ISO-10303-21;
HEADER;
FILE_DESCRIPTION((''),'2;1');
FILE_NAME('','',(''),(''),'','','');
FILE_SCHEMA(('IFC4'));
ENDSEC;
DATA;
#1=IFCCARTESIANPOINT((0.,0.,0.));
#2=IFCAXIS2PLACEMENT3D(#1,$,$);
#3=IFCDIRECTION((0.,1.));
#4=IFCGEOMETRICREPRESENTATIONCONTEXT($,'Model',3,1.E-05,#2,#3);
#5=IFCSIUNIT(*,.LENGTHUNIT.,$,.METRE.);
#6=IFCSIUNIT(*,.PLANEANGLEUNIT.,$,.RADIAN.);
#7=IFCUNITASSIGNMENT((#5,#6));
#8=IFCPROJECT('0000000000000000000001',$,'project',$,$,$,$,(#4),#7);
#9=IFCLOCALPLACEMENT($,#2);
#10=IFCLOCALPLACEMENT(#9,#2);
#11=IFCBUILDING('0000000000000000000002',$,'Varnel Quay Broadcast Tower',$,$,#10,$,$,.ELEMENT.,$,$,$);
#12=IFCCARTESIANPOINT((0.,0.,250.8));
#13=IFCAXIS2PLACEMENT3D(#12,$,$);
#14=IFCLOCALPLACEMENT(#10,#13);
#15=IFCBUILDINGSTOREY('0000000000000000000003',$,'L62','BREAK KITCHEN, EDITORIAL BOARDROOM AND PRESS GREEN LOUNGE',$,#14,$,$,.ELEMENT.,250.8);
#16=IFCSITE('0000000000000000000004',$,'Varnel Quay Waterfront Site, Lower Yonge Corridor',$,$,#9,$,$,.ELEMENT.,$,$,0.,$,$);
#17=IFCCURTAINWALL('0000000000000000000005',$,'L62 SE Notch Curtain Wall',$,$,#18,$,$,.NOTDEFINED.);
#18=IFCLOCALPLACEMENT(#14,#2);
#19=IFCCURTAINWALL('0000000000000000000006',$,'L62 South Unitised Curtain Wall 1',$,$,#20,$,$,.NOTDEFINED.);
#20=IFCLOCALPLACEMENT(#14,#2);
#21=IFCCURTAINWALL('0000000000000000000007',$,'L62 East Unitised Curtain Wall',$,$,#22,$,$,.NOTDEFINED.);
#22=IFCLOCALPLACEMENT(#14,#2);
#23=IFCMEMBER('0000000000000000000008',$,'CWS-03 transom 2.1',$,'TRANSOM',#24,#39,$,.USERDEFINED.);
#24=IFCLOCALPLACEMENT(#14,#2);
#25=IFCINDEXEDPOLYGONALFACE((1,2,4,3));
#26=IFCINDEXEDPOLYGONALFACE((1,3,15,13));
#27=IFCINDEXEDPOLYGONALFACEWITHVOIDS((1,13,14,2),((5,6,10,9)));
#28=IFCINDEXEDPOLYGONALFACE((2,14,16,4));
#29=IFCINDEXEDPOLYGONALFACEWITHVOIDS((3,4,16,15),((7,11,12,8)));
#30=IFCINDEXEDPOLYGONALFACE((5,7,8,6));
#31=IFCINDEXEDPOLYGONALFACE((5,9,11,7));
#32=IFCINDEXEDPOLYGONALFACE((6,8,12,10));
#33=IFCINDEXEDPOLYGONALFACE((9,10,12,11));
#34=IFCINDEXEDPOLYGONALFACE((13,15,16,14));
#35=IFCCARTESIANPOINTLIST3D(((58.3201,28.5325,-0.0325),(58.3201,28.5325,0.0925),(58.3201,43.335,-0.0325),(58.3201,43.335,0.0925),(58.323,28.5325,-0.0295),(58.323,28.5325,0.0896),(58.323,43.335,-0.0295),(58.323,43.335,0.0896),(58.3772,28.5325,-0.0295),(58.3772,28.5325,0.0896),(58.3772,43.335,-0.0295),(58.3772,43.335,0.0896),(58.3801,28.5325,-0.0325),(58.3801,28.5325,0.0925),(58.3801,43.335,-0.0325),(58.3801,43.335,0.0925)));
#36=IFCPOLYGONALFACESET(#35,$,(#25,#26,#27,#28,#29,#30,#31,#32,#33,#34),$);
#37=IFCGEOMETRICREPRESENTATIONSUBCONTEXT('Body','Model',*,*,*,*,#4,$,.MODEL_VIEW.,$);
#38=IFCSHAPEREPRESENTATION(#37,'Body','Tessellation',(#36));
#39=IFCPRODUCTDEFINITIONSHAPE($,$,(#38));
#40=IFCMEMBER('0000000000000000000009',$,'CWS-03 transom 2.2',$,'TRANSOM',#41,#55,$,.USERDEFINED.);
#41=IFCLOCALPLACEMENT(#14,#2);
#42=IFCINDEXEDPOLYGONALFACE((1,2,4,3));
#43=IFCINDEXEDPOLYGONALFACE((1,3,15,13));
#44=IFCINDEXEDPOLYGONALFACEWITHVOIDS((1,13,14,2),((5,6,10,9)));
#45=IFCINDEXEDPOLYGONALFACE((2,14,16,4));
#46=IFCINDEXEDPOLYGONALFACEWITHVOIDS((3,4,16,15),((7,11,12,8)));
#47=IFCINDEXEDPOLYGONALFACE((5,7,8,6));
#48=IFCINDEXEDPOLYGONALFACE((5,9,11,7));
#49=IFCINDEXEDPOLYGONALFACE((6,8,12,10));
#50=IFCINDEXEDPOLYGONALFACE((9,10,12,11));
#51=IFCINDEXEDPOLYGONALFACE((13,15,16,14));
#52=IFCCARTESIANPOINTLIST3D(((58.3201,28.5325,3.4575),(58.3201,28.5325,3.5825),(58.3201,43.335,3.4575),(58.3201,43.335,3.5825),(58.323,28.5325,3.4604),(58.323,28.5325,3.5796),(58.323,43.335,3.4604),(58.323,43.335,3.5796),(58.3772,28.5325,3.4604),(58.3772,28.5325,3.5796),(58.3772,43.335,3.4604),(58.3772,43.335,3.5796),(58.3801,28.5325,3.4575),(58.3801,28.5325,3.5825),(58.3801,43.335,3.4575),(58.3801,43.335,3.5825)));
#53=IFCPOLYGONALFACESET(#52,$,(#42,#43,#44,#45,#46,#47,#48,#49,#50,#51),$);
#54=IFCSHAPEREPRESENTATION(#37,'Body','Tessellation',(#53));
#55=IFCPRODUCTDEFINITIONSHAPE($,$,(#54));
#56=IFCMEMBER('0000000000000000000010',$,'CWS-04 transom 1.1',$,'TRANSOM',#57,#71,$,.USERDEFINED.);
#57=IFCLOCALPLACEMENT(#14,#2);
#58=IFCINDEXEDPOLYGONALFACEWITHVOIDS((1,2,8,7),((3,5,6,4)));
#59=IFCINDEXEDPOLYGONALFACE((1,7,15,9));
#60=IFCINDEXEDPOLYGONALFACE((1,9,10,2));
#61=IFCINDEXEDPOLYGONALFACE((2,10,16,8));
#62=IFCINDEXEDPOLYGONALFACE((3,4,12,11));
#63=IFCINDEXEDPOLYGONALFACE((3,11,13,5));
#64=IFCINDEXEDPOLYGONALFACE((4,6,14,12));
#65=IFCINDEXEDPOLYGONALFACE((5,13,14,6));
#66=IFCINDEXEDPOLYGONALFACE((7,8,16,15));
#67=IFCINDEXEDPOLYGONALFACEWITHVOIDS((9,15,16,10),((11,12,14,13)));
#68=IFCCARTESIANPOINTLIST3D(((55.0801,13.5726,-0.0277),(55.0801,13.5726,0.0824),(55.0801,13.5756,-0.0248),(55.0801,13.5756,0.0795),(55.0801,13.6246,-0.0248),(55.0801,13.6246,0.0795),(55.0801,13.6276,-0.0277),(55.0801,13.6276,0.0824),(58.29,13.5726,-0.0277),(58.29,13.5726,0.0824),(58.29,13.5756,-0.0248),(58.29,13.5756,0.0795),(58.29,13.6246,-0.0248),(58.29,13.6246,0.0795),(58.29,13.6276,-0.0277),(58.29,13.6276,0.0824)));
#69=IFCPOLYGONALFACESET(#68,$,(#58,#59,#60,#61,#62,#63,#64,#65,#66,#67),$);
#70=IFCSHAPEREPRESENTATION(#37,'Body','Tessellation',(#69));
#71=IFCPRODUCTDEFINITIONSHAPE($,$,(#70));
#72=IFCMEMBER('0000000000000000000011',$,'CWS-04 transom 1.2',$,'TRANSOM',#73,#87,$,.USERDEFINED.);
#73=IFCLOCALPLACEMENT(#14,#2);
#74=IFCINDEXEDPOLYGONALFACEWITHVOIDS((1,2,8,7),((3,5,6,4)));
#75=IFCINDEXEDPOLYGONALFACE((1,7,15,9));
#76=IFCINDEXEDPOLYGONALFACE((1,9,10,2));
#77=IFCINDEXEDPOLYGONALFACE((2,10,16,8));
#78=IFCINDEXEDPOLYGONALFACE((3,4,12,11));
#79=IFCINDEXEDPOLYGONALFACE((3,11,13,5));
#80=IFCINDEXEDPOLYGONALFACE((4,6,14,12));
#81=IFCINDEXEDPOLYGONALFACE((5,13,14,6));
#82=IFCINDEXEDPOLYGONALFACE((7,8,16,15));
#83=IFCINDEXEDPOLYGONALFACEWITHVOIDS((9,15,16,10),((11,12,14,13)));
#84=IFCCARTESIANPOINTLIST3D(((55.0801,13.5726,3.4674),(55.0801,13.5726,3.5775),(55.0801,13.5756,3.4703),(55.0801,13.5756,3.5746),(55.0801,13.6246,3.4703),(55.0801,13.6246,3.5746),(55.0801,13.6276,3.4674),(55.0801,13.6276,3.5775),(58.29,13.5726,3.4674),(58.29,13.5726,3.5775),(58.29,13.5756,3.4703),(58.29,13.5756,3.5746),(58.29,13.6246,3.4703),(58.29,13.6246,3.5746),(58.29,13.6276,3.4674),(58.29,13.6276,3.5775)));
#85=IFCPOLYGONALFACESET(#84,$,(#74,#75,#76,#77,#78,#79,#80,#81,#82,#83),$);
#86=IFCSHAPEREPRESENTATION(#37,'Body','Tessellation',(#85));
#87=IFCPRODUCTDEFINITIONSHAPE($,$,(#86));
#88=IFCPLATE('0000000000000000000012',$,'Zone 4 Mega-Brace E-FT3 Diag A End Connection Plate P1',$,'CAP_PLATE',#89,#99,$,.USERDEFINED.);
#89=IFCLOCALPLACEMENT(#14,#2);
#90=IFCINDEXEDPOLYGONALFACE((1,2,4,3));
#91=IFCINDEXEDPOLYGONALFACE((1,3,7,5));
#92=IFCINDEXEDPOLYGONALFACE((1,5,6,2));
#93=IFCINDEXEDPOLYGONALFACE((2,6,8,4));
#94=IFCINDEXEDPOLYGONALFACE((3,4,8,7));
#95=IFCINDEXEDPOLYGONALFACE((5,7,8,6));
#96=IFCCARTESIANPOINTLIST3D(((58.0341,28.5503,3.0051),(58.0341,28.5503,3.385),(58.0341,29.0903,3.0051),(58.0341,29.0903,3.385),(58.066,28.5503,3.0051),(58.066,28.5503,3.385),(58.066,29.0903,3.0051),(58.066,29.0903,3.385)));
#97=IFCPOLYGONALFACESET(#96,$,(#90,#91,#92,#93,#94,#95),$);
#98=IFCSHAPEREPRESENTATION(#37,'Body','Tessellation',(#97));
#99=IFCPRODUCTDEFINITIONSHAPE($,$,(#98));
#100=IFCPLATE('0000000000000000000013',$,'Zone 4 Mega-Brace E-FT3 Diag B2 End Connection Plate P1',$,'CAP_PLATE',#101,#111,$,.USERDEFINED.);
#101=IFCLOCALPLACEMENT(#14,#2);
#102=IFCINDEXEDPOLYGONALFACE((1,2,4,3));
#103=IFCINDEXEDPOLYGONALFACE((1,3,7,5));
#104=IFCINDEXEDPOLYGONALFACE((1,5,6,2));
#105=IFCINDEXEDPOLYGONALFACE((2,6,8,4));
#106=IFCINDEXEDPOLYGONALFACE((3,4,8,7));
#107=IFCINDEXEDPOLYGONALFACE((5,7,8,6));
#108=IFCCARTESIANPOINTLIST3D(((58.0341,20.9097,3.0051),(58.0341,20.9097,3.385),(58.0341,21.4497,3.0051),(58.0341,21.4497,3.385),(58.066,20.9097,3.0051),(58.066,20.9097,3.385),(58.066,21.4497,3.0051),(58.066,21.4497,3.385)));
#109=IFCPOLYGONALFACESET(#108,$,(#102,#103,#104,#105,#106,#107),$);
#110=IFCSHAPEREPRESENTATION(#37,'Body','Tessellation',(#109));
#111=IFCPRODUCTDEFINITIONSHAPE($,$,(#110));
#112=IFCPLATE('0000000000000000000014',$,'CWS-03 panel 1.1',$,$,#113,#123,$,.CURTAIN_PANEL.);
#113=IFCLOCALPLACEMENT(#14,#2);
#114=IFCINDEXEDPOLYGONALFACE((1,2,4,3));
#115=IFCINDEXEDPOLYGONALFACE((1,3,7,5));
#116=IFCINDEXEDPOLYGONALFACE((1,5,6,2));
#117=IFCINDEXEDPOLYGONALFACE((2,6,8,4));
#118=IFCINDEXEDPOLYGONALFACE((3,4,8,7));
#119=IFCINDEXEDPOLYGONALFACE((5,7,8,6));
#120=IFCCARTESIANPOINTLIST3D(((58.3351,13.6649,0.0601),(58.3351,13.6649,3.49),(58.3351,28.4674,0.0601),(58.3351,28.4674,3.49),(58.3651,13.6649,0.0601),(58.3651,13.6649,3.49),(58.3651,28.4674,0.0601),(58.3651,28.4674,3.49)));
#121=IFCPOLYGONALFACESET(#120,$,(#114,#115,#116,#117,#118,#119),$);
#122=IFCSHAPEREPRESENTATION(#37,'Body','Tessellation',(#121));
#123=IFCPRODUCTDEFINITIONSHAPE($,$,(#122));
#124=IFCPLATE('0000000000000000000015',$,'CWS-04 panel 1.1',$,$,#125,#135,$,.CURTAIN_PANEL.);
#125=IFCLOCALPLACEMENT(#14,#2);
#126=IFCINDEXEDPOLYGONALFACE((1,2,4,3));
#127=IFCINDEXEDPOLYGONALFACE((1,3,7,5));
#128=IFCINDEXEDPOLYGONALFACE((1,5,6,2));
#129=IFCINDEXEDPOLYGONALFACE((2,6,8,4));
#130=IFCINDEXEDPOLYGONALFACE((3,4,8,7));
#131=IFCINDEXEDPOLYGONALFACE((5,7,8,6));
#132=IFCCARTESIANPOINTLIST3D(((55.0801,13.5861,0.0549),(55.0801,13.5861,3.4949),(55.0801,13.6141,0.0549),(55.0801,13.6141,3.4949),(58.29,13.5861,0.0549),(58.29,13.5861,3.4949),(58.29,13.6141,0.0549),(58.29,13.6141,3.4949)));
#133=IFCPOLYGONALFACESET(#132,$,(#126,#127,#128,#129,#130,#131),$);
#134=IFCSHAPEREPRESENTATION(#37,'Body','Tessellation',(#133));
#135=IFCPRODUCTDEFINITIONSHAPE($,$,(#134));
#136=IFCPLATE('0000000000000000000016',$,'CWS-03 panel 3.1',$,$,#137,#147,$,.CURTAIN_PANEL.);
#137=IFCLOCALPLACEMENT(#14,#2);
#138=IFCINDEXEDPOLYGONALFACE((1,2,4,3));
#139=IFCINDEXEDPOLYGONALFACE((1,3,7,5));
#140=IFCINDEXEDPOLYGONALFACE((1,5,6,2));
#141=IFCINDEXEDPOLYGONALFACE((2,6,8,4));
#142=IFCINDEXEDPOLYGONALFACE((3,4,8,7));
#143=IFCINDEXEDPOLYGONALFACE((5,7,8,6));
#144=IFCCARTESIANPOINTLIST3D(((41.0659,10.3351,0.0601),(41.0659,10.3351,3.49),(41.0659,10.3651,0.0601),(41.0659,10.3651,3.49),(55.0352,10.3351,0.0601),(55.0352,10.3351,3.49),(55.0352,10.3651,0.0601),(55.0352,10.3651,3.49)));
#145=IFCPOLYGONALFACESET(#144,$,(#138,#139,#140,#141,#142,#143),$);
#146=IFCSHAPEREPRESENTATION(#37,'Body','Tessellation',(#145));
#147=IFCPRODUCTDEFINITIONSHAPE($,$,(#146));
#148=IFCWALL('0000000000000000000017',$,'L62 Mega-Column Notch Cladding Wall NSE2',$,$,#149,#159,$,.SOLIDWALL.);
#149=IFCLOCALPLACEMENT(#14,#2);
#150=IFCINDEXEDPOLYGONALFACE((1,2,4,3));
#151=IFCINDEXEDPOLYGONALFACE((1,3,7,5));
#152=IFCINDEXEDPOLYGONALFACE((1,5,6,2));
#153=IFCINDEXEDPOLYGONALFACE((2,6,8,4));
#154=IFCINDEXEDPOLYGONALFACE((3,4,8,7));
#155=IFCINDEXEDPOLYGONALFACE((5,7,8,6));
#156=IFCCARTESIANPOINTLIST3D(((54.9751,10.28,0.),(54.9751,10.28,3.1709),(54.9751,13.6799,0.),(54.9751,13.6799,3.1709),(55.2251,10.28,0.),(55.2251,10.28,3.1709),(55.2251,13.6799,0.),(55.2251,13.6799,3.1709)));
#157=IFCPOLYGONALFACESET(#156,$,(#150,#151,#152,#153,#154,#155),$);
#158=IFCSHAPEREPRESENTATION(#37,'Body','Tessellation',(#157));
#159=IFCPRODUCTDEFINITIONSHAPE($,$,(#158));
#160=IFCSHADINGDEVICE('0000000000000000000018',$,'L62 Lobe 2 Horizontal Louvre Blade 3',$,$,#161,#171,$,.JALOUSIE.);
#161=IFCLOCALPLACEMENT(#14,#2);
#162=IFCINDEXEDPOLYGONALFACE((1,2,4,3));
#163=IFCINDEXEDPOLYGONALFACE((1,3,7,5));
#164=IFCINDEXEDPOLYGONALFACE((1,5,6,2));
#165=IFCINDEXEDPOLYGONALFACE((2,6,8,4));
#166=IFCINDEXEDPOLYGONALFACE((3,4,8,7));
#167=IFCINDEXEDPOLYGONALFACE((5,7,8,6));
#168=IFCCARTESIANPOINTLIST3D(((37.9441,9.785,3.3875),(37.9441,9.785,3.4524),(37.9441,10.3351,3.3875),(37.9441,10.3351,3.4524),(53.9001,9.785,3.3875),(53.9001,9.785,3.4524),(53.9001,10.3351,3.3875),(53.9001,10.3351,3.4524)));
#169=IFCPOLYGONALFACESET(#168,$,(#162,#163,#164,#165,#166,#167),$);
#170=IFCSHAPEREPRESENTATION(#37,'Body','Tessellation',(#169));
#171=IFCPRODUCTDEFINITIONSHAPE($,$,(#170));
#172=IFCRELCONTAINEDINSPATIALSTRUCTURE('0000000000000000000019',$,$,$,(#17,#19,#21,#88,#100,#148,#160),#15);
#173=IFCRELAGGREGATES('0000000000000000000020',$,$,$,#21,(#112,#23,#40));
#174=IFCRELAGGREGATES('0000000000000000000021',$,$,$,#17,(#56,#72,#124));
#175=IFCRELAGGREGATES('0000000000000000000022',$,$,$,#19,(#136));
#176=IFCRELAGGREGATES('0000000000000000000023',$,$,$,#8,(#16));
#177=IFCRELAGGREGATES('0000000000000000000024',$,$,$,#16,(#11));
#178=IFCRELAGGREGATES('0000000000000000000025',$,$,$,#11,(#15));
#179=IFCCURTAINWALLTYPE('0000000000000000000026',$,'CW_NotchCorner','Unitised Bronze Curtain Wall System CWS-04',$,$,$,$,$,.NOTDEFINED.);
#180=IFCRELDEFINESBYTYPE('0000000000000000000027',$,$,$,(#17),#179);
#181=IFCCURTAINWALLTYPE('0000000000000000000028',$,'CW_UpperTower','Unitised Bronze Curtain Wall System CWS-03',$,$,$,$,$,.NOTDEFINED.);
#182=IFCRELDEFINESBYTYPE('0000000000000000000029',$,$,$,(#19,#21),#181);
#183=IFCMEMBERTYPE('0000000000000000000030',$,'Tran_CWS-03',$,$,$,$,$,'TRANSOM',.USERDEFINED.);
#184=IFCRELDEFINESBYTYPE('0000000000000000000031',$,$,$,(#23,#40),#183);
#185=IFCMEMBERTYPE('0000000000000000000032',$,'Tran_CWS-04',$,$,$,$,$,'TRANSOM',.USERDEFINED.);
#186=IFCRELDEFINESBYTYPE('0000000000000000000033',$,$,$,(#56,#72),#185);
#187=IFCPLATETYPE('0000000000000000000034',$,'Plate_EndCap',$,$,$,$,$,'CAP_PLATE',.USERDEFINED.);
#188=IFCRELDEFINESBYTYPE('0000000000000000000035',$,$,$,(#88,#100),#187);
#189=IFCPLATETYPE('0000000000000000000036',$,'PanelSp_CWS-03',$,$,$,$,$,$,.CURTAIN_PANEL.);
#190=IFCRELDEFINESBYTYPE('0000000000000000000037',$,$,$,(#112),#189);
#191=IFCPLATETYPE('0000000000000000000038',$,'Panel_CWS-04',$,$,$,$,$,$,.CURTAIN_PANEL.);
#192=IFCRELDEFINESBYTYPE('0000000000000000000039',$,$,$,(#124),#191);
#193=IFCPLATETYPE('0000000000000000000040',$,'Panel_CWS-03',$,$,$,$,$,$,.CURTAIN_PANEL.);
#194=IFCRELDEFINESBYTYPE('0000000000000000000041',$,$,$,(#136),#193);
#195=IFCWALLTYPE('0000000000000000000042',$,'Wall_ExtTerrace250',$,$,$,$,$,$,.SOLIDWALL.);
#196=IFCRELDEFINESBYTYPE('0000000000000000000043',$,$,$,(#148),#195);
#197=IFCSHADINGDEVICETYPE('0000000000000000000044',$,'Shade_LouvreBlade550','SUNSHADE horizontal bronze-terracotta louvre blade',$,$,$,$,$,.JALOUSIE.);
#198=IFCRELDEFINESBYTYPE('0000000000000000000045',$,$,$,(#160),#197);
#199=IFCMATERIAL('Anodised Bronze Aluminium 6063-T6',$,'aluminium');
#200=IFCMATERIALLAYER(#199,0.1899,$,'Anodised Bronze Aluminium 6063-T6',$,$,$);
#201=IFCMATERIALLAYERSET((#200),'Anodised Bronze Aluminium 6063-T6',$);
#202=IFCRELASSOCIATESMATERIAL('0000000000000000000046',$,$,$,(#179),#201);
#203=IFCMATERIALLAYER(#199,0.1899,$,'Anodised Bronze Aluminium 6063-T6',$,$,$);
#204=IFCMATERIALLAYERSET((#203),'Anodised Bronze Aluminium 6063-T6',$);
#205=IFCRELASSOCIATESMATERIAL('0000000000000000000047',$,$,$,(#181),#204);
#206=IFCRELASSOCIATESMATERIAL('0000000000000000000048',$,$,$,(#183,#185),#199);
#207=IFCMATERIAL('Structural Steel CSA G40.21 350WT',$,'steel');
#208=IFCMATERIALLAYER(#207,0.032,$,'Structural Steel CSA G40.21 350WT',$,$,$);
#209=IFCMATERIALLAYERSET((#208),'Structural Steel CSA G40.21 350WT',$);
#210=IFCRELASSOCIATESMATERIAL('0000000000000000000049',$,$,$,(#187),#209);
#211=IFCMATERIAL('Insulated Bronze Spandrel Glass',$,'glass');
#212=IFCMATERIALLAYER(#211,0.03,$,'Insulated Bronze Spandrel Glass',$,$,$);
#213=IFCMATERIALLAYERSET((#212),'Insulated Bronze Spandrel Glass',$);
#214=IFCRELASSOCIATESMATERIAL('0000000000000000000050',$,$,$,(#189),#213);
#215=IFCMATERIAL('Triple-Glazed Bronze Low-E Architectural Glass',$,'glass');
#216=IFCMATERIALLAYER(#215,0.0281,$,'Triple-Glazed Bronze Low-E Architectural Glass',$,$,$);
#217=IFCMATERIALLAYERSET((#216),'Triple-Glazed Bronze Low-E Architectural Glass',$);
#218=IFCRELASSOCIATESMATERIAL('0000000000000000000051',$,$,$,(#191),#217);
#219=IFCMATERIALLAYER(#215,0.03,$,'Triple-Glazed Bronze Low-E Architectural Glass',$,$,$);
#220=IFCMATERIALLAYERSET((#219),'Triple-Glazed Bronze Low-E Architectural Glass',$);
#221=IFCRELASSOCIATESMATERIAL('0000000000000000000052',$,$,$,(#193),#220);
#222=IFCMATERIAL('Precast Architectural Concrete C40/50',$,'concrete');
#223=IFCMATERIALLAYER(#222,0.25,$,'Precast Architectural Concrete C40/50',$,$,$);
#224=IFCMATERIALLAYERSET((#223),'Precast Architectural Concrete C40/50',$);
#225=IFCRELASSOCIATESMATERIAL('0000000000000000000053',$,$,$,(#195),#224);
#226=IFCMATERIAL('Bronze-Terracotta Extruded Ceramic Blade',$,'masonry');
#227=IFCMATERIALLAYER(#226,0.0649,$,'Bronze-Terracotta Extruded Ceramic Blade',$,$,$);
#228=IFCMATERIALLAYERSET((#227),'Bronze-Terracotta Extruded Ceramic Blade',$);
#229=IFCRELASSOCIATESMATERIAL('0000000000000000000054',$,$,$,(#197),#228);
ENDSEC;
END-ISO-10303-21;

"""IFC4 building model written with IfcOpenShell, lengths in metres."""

from ifc_helpers import new_model, si_unit, direction, frame, frame_2d, origin, origin_2d, place, context, subcontext, project, spatial, rectangle, hollow_rectangle, extrude, source, transform, mapped, material, layer, layer_set, material_profile, profile_set, type_object, type_shapes, element, aggregate, save


model = new_model("IFC4")

# Units and contexts
model_context = context("Model", 3, precision=1e-05, world=origin(), true_north=direction((0.0, 1.0)))
body_context = subcontext(model_context, "Body", "Model", "MODEL_VIEW")
ifc_project = project(units=[si_unit("LENGTHUNIT", "METRE"), si_unit("PLANEANGLEUNIT", "RADIAN")], contexts=[model_context])

# Site, building, storey
site_placement = place(None, origin())
site = spatial("IfcSite", under=ifc_project, at=site_placement, Name="Varnel Quay Waterfront Site, Lower Yonge Corridor", CompositionType="ELEMENT", RefElevation=0.0)
building_placement = place(site_placement, origin())
building = spatial("IfcBuilding", under=site, at=building_placement, Name="Varnel Quay Broadcast Tower", CompositionType="ELEMENT")
storey_placement = place(building_placement, frame((0.0, 0.0, 250.8)))
storey = spatial("IfcBuildingStorey", under=building, at=storey_placement, Name="L62", Description="BREAK KITCHEN, EDITORIAL BOARDROOM AND PRESS GREEN LOUNGE", CompositionType="ELEMENT", Elevation=250.8)

# Shared definitions
ifc_material_1 = material(Name="Structural Steel CSA G40.21 350WT", Category="steel")

# Curtain wall
ifc_material_2 = material(Name="Anodised Bronze Aluminium 6063-T6", Category="aluminium")
ifc_layer_1 = layer(ifc_material_2, 0.1899, Name="Anodised Bronze Aluminium 6063-T6")
ifc_layer_set_1 = layer_set([ifc_layer_1], Name="Anodised Bronze Aluminium 6063-T6")
curtain_wall_type_1 = type_object("IfcCurtainWallType", Name="CW_NotchCorner", Description="Unitised Bronze Curtain Wall System CWS-04", PredefinedType="NOTDEFINED", material=ifc_layer_set_1)
curtain_wall_1_placement = place(storey_placement, origin())
curtain_wall_1 = element("IfcCurtainWall", 1, at=curtain_wall_1_placement, inside=storey, type_object=curtain_wall_type_1, Name="L62 SE Notch Curtain Wall", PredefinedType="NOTDEFINED")

# Curtain wall
ifc_layer_2 = layer(ifc_material_2, 0.1899, Name="Anodised Bronze Aluminium 6063-T6")
ifc_layer_set_2 = layer_set([ifc_layer_2], Name="Anodised Bronze Aluminium 6063-T6")
curtain_wall_type_2 = type_object("IfcCurtainWallType", Name="CW_UpperTower", Description="Unitised Bronze Curtain Wall System CWS-03", PredefinedType="NOTDEFINED", material=ifc_layer_set_2)
curtain_wall_2_placement = place(storey_placement, origin())
curtain_wall_2 = element("IfcCurtainWall", 2, at=curtain_wall_2_placement, inside=storey, type_object=curtain_wall_type_2, Name="L62 South Unitised Curtain Wall 1", PredefinedType="NOTDEFINED")

# Curtain wall, members
curtain_wall_3_placement = place(storey_placement, origin())
curtain_wall_3 = element("IfcCurtainWall", 3, at=curtain_wall_3_placement, inside=storey, type_object=curtain_wall_type_2, Name="L62 East Unitised Curtain Wall", PredefinedType="NOTDEFINED")
ifc_material_profile_1 = material_profile(ifc_material_2, hollow_rectangle(XDim=0.0601, YDim=0.125, WallThickness=0.0029, at=origin_2d()), Name="ALU60X125X3")
ifc_profile_set_1 = profile_set([ifc_material_profile_1], Name="Anodised Bronze Aluminium 6063-T6")
member_type_1 = type_object("IfcMemberType", Name="Tran_CWS-03", ElementType="TRANSOM", PredefinedType="USERDEFINED", material=ifc_profile_set_1)
shared_shape_1 = source(origin(), body_context, "Body", "SweptSolid", [
    extrude(hollow_rectangle(XDim=0.0601, YDim=0.125, WallThickness=0.0029, at=origin_2d()), origin(), (0.0, 0.0, 1.0), 14.8025),
])
type_shapes(member_type_1, [shared_shape_1])
member_1_placement = place(storey_placement, frame((58.3501, 28.5325, 0.03), z_axis=(0.0, 1.0, 0.0), x_axis=(-1.0, 0.0, 0.0)))
member_1 = element("IfcMember", 4, at=member_1_placement, type_object=member_type_1, Name="CWS-03 transom 2.1", ObjectType="TRANSOM", PredefinedType="USERDEFINED", context=body_context, shape_type="MappedRepresentation", body=[
    mapped(shared_shape_1, transform((0.0, 0.0, 0.0), x_axis=(1.0, 0.0, 0.0), y_axis=(0.0, 1.0, 0.0), z_axis=(0.0, 0.0, 1.0), scale=1.0)),
])
member_2_placement = place(storey_placement, frame((58.3501, 28.5325, 3.52), z_axis=(0.0, 1.0, 0.0), x_axis=(-1.0, 0.0, 0.0)))
member_2 = element("IfcMember", 5, at=member_2_placement, type_object=member_type_1, Name="CWS-03 transom 2.2", ObjectType="TRANSOM", PredefinedType="USERDEFINED", context=body_context, shape_type="MappedRepresentation", body=[
    mapped(shared_shape_1, transform((0.0, 0.0, 0.0), x_axis=(1.0, 0.0, 0.0), y_axis=(0.0, 1.0, 0.0), z_axis=(0.0, 0.0, 1.0), scale=1.0)),
])

# Members
ifc_material_profile_2 = material_profile(ifc_material_2, hollow_rectangle(XDim=0.0549, YDim=0.1101, WallThickness=0.0029, at=origin_2d()), Name="ALU55X110X3")
ifc_profile_set_2 = profile_set([ifc_material_profile_2], Name="Anodised Bronze Aluminium 6063-T6")
member_type_2 = type_object("IfcMemberType", Name="Tran_CWS-04", ElementType="TRANSOM", PredefinedType="USERDEFINED", material=ifc_profile_set_2)
shared_shape_2 = source(origin(), body_context, "Body", "SweptSolid", [
    extrude(hollow_rectangle(XDim=0.0549, YDim=0.1101, WallThickness=0.0029, at=origin_2d()), origin(), (0.0, 0.0, 1.0), 3.21),
])
type_shapes(member_type_2, [shared_shape_2])
member_3_placement = place(storey_placement, frame((55.0801, 13.6001, 0.0273), z_axis=(1.0, 0.0, 0.0), x_axis=(0.0, 1.0, 0.0)))
member_3 = element("IfcMember", 6, at=member_3_placement, type_object=member_type_2, Name="CWS-04 transom 1.1", ObjectType="TRANSOM", PredefinedType="USERDEFINED", context=body_context, shape_type="MappedRepresentation", body=[
    mapped(shared_shape_2, transform((0.0, 0.0, 0.0), x_axis=(1.0, 0.0, 0.0), y_axis=(0.0, 1.0, 0.0), z_axis=(0.0, 0.0, 1.0), scale=1.0)),
])
member_4_placement = place(storey_placement, frame((55.0801, 13.6001, 3.5225), z_axis=(1.0, 0.0, 0.0), x_axis=(0.0, 1.0, 0.0)))
member_4 = element("IfcMember", 7, at=member_4_placement, type_object=member_type_2, Name="CWS-04 transom 1.2", ObjectType="TRANSOM", PredefinedType="USERDEFINED", context=body_context, shape_type="MappedRepresentation", body=[
    mapped(shared_shape_2, transform((0.0, 0.0, 0.0), x_axis=(1.0, 0.0, 0.0), y_axis=(0.0, 1.0, 0.0), z_axis=(0.0, 0.0, 1.0), scale=1.0)),
])

# Plates
ifc_layer_3 = layer(ifc_material_1, 0.032, Name="Structural Steel CSA G40.21 350WT")
ifc_layer_set_3 = layer_set([ifc_layer_3], Name="Structural Steel CSA G40.21 350WT")
plate_type_1 = type_object("IfcPlateType", Name="Plate_EndCap", ElementType="CAP_PLATE", PredefinedType="USERDEFINED", material=ifc_layer_set_3)
shared_shape_3 = source(origin(), body_context, "Body", "SweptSolid", [
    extrude(rectangle(XDim=0.54, YDim=0.032, at=origin_2d()), origin(), (0.0, 0.0, 1.0), 0.3799),
])
type_shapes(plate_type_1, [shared_shape_3])
for number, where, z_axis, x_axis, name in (
    (8, (58.05, 28.8203, 3.0051), (0.0, 0.0, 1.0), (0.0, 1.0, 0.0), "Zone 4 Mega-Brace E-FT3 Diag A End Connection Plate P1"),
    (9, (58.05, 21.1797, 3.0051), (0.0, 0.0, 1.0), (0.0, 1.0, 0.0), "Zone 4 Mega-Brace E-FT3 Diag B2 End Connection Plate P1"),
):
    element("IfcPlate", number, at=place(storey_placement, frame(where, z_axis=z_axis, x_axis=x_axis)), inside=storey, type_object=plate_type_1, Name=name, ObjectType="CAP_PLATE", PredefinedType="USERDEFINED", context=body_context, shape_type="MappedRepresentation", body=[
        mapped(shared_shape_3, transform((0.0, 0.0, 0.0), x_axis=(1.0, 0.0, 0.0), y_axis=(0.0, 1.0, 0.0), z_axis=(0.0, 0.0, 1.0), scale=1.0)),
    ])

# Plates
ifc_material_3 = material(Name="Insulated Bronze Spandrel Glass", Category="glass")
ifc_layer_4 = layer(ifc_material_3, 0.03, Name="Insulated Bronze Spandrel Glass")
ifc_layer_set_4 = layer_set([ifc_layer_4], Name="Insulated Bronze Spandrel Glass")
plate_type_2 = type_object("IfcPlateType", Name="PanelSp_CWS-03", PredefinedType="CURTAIN_PANEL", material=ifc_layer_set_4)
shared_shape_4 = source(origin(), body_context, "Body", "SweptSolid", [
    extrude(rectangle(XDim=14.8025, YDim=0.03, at=origin_2d()), origin(), (0.0, 0.0, 1.0), 3.4299),
])
type_shapes(plate_type_2, [shared_shape_4])
plate_1_placement = place(storey_placement, frame((58.3501, 21.0662, 0.0601), z_axis=(0.0, 0.0, 1.0), x_axis=(0.0, 1.0, 0.0)))
plate_1 = element("IfcPlate", 10, at=plate_1_placement, type_object=plate_type_2, Name="CWS-03 panel 1.1", PredefinedType="CURTAIN_PANEL", context=body_context, shape_type="MappedRepresentation", body=[
    mapped(shared_shape_4, transform((0.0, 0.0, 0.0), x_axis=(1.0, 0.0, 0.0), y_axis=(0.0, 1.0, 0.0), z_axis=(0.0, 0.0, 1.0), scale=1.0)),
])
aggregate(curtain_wall_3, [plate_1, member_1, member_2])
ifc_material_4 = material(Name="Triple-Glazed Bronze Low-E Architectural Glass", Category="glass")
ifc_layer_5 = layer(ifc_material_4, 0.0281, Name="Triple-Glazed Bronze Low-E Architectural Glass")
ifc_layer_set_5 = layer_set([ifc_layer_5], Name="Triple-Glazed Bronze Low-E Architectural Glass")
plate_type_3 = type_object("IfcPlateType", Name="Panel_CWS-04", PredefinedType="CURTAIN_PANEL", material=ifc_layer_set_5)
shared_shape_5 = source(origin(), body_context, "Body", "SweptSolid", [
    extrude(rectangle(XDim=3.21, YDim=0.0281, at=origin_2d()), origin(), (0.0, 0.0, 1.0), 3.4399),
])
type_shapes(plate_type_3, [shared_shape_5])
plate_2_placement = place(storey_placement, frame((56.6851, 13.6001, 0.0549), z_axis=(0.0, 0.0, 1.0), x_axis=(1.0, 0.0, 0.0)))
plate_2 = element("IfcPlate", 11, at=plate_2_placement, type_object=plate_type_3, Name="CWS-04 panel 1.1", PredefinedType="CURTAIN_PANEL", context=body_context, shape_type="MappedRepresentation", body=[
    mapped(shared_shape_5, transform((0.0, 0.0, 0.0), x_axis=(1.0, 0.0, 0.0), y_axis=(0.0, 1.0, 0.0), z_axis=(0.0, 0.0, 1.0), scale=1.0)),
])
aggregate(curtain_wall_1, [member_3, member_4, plate_2])
ifc_layer_6 = layer(ifc_material_4, 0.03, Name="Triple-Glazed Bronze Low-E Architectural Glass")
ifc_layer_set_6 = layer_set([ifc_layer_6], Name="Triple-Glazed Bronze Low-E Architectural Glass")
plate_type_4 = type_object("IfcPlateType", Name="Panel_CWS-03", PredefinedType="CURTAIN_PANEL", material=ifc_layer_set_6)
shared_shape_6 = source(origin(), body_context, "Body", "SweptSolid", [
    extrude(rectangle(XDim=13.9692, YDim=0.03, at=origin_2d()), origin(), (0.0, 0.0, 1.0), 3.4299),
])
type_shapes(plate_type_4, [shared_shape_6])
plate_3_placement = place(storey_placement, frame((48.0505, 10.3501, 0.0601), z_axis=(0.0, 0.0, 1.0), x_axis=(1.0, 0.0, 0.0)))
plate_3 = element("IfcPlate", 12, at=plate_3_placement, type_object=plate_type_4, Name="CWS-03 panel 3.1", PredefinedType="CURTAIN_PANEL", context=body_context, shape_type="MappedRepresentation", body=[
    mapped(shared_shape_6, transform((0.0, 0.0, 0.0), x_axis=(1.0, 0.0, 0.0), y_axis=(0.0, 1.0, 0.0), z_axis=(0.0, 0.0, 1.0), scale=1.0)),
])
aggregate(curtain_wall_2, [plate_3])

# Wall
ifc_material_5 = material(Name="Precast Architectural Concrete C40/50", Category="concrete")
ifc_layer_7 = layer(ifc_material_5, 0.25, Name="Precast Architectural Concrete C40/50")
ifc_layer_set_7 = layer_set([ifc_layer_7], Name="Precast Architectural Concrete C40/50")
wall_type = type_object("IfcWallType", Name="Wall_ExtTerrace250", PredefinedType="SOLIDWALL", material=ifc_layer_set_7)
wall_placement = place(storey_placement, frame((55.1001, 10.28, 0.0), z_axis=(0.0, 0.0, 1.0), x_axis=(0.0, 1.0, 0.0)))
element("IfcWall", 13, at=wall_placement, inside=storey, type_object=wall_type, Name="L62 Mega-Column Notch Cladding Wall NSE2", PredefinedType="SOLIDWALL", context=body_context, shape_type="SweptSolid", body=[
    extrude(rectangle(XDim=3.3999, YDim=0.25, at=frame_2d((1.7, 0.0))), origin(), (0.0, 0.0, 1.0), 3.1709),
])

# Shading device
ifc_material_6 = material(Name="Bronze-Terracotta Extruded Ceramic Blade", Category="masonry")
ifc_layer_8 = layer(ifc_material_6, 0.0649, Name="Bronze-Terracotta Extruded Ceramic Blade")
ifc_layer_set_8 = layer_set([ifc_layer_8], Name="Bronze-Terracotta Extruded Ceramic Blade")
shading_device_type = type_object("IfcShadingDeviceType", Name="Shade_LouvreBlade550", Description="SUNSHADE horizontal bronze-terracotta louvre blade", PredefinedType="JALOUSIE", material=ifc_layer_set_8)
shared_shape_7 = source(origin(), body_context, "Body", "SweptSolid", [
    extrude(rectangle(XDim=15.9561, YDim=0.55, at=origin_2d()), origin(), (0.0, 0.0, 1.0), 0.0649),
])
type_shapes(shading_device_type, [shared_shape_7])
shading_device_placement = place(storey_placement, frame((45.9221, 10.0601, 3.3875), z_axis=(0.0, 0.0, 1.0), x_axis=(1.0, 0.0, 0.0)))
element("IfcShadingDevice", 14, at=shading_device_placement, inside=storey, type_object=shading_device_type, Name="L62 Lobe 2 Horizontal Louvre Blade 3", PredefinedType="JALOUSIE", context=body_context, shape_type="MappedRepresentation", body=[
    mapped(shared_shape_7, transform((0.0, 0.0, 0.0), x_axis=(1.0, 0.0, 0.0), y_axis=(0.0, 1.0, 0.0), z_axis=(0.0, 0.0, 1.0), scale=1.0)),
])

save(model, "model.ifc")
